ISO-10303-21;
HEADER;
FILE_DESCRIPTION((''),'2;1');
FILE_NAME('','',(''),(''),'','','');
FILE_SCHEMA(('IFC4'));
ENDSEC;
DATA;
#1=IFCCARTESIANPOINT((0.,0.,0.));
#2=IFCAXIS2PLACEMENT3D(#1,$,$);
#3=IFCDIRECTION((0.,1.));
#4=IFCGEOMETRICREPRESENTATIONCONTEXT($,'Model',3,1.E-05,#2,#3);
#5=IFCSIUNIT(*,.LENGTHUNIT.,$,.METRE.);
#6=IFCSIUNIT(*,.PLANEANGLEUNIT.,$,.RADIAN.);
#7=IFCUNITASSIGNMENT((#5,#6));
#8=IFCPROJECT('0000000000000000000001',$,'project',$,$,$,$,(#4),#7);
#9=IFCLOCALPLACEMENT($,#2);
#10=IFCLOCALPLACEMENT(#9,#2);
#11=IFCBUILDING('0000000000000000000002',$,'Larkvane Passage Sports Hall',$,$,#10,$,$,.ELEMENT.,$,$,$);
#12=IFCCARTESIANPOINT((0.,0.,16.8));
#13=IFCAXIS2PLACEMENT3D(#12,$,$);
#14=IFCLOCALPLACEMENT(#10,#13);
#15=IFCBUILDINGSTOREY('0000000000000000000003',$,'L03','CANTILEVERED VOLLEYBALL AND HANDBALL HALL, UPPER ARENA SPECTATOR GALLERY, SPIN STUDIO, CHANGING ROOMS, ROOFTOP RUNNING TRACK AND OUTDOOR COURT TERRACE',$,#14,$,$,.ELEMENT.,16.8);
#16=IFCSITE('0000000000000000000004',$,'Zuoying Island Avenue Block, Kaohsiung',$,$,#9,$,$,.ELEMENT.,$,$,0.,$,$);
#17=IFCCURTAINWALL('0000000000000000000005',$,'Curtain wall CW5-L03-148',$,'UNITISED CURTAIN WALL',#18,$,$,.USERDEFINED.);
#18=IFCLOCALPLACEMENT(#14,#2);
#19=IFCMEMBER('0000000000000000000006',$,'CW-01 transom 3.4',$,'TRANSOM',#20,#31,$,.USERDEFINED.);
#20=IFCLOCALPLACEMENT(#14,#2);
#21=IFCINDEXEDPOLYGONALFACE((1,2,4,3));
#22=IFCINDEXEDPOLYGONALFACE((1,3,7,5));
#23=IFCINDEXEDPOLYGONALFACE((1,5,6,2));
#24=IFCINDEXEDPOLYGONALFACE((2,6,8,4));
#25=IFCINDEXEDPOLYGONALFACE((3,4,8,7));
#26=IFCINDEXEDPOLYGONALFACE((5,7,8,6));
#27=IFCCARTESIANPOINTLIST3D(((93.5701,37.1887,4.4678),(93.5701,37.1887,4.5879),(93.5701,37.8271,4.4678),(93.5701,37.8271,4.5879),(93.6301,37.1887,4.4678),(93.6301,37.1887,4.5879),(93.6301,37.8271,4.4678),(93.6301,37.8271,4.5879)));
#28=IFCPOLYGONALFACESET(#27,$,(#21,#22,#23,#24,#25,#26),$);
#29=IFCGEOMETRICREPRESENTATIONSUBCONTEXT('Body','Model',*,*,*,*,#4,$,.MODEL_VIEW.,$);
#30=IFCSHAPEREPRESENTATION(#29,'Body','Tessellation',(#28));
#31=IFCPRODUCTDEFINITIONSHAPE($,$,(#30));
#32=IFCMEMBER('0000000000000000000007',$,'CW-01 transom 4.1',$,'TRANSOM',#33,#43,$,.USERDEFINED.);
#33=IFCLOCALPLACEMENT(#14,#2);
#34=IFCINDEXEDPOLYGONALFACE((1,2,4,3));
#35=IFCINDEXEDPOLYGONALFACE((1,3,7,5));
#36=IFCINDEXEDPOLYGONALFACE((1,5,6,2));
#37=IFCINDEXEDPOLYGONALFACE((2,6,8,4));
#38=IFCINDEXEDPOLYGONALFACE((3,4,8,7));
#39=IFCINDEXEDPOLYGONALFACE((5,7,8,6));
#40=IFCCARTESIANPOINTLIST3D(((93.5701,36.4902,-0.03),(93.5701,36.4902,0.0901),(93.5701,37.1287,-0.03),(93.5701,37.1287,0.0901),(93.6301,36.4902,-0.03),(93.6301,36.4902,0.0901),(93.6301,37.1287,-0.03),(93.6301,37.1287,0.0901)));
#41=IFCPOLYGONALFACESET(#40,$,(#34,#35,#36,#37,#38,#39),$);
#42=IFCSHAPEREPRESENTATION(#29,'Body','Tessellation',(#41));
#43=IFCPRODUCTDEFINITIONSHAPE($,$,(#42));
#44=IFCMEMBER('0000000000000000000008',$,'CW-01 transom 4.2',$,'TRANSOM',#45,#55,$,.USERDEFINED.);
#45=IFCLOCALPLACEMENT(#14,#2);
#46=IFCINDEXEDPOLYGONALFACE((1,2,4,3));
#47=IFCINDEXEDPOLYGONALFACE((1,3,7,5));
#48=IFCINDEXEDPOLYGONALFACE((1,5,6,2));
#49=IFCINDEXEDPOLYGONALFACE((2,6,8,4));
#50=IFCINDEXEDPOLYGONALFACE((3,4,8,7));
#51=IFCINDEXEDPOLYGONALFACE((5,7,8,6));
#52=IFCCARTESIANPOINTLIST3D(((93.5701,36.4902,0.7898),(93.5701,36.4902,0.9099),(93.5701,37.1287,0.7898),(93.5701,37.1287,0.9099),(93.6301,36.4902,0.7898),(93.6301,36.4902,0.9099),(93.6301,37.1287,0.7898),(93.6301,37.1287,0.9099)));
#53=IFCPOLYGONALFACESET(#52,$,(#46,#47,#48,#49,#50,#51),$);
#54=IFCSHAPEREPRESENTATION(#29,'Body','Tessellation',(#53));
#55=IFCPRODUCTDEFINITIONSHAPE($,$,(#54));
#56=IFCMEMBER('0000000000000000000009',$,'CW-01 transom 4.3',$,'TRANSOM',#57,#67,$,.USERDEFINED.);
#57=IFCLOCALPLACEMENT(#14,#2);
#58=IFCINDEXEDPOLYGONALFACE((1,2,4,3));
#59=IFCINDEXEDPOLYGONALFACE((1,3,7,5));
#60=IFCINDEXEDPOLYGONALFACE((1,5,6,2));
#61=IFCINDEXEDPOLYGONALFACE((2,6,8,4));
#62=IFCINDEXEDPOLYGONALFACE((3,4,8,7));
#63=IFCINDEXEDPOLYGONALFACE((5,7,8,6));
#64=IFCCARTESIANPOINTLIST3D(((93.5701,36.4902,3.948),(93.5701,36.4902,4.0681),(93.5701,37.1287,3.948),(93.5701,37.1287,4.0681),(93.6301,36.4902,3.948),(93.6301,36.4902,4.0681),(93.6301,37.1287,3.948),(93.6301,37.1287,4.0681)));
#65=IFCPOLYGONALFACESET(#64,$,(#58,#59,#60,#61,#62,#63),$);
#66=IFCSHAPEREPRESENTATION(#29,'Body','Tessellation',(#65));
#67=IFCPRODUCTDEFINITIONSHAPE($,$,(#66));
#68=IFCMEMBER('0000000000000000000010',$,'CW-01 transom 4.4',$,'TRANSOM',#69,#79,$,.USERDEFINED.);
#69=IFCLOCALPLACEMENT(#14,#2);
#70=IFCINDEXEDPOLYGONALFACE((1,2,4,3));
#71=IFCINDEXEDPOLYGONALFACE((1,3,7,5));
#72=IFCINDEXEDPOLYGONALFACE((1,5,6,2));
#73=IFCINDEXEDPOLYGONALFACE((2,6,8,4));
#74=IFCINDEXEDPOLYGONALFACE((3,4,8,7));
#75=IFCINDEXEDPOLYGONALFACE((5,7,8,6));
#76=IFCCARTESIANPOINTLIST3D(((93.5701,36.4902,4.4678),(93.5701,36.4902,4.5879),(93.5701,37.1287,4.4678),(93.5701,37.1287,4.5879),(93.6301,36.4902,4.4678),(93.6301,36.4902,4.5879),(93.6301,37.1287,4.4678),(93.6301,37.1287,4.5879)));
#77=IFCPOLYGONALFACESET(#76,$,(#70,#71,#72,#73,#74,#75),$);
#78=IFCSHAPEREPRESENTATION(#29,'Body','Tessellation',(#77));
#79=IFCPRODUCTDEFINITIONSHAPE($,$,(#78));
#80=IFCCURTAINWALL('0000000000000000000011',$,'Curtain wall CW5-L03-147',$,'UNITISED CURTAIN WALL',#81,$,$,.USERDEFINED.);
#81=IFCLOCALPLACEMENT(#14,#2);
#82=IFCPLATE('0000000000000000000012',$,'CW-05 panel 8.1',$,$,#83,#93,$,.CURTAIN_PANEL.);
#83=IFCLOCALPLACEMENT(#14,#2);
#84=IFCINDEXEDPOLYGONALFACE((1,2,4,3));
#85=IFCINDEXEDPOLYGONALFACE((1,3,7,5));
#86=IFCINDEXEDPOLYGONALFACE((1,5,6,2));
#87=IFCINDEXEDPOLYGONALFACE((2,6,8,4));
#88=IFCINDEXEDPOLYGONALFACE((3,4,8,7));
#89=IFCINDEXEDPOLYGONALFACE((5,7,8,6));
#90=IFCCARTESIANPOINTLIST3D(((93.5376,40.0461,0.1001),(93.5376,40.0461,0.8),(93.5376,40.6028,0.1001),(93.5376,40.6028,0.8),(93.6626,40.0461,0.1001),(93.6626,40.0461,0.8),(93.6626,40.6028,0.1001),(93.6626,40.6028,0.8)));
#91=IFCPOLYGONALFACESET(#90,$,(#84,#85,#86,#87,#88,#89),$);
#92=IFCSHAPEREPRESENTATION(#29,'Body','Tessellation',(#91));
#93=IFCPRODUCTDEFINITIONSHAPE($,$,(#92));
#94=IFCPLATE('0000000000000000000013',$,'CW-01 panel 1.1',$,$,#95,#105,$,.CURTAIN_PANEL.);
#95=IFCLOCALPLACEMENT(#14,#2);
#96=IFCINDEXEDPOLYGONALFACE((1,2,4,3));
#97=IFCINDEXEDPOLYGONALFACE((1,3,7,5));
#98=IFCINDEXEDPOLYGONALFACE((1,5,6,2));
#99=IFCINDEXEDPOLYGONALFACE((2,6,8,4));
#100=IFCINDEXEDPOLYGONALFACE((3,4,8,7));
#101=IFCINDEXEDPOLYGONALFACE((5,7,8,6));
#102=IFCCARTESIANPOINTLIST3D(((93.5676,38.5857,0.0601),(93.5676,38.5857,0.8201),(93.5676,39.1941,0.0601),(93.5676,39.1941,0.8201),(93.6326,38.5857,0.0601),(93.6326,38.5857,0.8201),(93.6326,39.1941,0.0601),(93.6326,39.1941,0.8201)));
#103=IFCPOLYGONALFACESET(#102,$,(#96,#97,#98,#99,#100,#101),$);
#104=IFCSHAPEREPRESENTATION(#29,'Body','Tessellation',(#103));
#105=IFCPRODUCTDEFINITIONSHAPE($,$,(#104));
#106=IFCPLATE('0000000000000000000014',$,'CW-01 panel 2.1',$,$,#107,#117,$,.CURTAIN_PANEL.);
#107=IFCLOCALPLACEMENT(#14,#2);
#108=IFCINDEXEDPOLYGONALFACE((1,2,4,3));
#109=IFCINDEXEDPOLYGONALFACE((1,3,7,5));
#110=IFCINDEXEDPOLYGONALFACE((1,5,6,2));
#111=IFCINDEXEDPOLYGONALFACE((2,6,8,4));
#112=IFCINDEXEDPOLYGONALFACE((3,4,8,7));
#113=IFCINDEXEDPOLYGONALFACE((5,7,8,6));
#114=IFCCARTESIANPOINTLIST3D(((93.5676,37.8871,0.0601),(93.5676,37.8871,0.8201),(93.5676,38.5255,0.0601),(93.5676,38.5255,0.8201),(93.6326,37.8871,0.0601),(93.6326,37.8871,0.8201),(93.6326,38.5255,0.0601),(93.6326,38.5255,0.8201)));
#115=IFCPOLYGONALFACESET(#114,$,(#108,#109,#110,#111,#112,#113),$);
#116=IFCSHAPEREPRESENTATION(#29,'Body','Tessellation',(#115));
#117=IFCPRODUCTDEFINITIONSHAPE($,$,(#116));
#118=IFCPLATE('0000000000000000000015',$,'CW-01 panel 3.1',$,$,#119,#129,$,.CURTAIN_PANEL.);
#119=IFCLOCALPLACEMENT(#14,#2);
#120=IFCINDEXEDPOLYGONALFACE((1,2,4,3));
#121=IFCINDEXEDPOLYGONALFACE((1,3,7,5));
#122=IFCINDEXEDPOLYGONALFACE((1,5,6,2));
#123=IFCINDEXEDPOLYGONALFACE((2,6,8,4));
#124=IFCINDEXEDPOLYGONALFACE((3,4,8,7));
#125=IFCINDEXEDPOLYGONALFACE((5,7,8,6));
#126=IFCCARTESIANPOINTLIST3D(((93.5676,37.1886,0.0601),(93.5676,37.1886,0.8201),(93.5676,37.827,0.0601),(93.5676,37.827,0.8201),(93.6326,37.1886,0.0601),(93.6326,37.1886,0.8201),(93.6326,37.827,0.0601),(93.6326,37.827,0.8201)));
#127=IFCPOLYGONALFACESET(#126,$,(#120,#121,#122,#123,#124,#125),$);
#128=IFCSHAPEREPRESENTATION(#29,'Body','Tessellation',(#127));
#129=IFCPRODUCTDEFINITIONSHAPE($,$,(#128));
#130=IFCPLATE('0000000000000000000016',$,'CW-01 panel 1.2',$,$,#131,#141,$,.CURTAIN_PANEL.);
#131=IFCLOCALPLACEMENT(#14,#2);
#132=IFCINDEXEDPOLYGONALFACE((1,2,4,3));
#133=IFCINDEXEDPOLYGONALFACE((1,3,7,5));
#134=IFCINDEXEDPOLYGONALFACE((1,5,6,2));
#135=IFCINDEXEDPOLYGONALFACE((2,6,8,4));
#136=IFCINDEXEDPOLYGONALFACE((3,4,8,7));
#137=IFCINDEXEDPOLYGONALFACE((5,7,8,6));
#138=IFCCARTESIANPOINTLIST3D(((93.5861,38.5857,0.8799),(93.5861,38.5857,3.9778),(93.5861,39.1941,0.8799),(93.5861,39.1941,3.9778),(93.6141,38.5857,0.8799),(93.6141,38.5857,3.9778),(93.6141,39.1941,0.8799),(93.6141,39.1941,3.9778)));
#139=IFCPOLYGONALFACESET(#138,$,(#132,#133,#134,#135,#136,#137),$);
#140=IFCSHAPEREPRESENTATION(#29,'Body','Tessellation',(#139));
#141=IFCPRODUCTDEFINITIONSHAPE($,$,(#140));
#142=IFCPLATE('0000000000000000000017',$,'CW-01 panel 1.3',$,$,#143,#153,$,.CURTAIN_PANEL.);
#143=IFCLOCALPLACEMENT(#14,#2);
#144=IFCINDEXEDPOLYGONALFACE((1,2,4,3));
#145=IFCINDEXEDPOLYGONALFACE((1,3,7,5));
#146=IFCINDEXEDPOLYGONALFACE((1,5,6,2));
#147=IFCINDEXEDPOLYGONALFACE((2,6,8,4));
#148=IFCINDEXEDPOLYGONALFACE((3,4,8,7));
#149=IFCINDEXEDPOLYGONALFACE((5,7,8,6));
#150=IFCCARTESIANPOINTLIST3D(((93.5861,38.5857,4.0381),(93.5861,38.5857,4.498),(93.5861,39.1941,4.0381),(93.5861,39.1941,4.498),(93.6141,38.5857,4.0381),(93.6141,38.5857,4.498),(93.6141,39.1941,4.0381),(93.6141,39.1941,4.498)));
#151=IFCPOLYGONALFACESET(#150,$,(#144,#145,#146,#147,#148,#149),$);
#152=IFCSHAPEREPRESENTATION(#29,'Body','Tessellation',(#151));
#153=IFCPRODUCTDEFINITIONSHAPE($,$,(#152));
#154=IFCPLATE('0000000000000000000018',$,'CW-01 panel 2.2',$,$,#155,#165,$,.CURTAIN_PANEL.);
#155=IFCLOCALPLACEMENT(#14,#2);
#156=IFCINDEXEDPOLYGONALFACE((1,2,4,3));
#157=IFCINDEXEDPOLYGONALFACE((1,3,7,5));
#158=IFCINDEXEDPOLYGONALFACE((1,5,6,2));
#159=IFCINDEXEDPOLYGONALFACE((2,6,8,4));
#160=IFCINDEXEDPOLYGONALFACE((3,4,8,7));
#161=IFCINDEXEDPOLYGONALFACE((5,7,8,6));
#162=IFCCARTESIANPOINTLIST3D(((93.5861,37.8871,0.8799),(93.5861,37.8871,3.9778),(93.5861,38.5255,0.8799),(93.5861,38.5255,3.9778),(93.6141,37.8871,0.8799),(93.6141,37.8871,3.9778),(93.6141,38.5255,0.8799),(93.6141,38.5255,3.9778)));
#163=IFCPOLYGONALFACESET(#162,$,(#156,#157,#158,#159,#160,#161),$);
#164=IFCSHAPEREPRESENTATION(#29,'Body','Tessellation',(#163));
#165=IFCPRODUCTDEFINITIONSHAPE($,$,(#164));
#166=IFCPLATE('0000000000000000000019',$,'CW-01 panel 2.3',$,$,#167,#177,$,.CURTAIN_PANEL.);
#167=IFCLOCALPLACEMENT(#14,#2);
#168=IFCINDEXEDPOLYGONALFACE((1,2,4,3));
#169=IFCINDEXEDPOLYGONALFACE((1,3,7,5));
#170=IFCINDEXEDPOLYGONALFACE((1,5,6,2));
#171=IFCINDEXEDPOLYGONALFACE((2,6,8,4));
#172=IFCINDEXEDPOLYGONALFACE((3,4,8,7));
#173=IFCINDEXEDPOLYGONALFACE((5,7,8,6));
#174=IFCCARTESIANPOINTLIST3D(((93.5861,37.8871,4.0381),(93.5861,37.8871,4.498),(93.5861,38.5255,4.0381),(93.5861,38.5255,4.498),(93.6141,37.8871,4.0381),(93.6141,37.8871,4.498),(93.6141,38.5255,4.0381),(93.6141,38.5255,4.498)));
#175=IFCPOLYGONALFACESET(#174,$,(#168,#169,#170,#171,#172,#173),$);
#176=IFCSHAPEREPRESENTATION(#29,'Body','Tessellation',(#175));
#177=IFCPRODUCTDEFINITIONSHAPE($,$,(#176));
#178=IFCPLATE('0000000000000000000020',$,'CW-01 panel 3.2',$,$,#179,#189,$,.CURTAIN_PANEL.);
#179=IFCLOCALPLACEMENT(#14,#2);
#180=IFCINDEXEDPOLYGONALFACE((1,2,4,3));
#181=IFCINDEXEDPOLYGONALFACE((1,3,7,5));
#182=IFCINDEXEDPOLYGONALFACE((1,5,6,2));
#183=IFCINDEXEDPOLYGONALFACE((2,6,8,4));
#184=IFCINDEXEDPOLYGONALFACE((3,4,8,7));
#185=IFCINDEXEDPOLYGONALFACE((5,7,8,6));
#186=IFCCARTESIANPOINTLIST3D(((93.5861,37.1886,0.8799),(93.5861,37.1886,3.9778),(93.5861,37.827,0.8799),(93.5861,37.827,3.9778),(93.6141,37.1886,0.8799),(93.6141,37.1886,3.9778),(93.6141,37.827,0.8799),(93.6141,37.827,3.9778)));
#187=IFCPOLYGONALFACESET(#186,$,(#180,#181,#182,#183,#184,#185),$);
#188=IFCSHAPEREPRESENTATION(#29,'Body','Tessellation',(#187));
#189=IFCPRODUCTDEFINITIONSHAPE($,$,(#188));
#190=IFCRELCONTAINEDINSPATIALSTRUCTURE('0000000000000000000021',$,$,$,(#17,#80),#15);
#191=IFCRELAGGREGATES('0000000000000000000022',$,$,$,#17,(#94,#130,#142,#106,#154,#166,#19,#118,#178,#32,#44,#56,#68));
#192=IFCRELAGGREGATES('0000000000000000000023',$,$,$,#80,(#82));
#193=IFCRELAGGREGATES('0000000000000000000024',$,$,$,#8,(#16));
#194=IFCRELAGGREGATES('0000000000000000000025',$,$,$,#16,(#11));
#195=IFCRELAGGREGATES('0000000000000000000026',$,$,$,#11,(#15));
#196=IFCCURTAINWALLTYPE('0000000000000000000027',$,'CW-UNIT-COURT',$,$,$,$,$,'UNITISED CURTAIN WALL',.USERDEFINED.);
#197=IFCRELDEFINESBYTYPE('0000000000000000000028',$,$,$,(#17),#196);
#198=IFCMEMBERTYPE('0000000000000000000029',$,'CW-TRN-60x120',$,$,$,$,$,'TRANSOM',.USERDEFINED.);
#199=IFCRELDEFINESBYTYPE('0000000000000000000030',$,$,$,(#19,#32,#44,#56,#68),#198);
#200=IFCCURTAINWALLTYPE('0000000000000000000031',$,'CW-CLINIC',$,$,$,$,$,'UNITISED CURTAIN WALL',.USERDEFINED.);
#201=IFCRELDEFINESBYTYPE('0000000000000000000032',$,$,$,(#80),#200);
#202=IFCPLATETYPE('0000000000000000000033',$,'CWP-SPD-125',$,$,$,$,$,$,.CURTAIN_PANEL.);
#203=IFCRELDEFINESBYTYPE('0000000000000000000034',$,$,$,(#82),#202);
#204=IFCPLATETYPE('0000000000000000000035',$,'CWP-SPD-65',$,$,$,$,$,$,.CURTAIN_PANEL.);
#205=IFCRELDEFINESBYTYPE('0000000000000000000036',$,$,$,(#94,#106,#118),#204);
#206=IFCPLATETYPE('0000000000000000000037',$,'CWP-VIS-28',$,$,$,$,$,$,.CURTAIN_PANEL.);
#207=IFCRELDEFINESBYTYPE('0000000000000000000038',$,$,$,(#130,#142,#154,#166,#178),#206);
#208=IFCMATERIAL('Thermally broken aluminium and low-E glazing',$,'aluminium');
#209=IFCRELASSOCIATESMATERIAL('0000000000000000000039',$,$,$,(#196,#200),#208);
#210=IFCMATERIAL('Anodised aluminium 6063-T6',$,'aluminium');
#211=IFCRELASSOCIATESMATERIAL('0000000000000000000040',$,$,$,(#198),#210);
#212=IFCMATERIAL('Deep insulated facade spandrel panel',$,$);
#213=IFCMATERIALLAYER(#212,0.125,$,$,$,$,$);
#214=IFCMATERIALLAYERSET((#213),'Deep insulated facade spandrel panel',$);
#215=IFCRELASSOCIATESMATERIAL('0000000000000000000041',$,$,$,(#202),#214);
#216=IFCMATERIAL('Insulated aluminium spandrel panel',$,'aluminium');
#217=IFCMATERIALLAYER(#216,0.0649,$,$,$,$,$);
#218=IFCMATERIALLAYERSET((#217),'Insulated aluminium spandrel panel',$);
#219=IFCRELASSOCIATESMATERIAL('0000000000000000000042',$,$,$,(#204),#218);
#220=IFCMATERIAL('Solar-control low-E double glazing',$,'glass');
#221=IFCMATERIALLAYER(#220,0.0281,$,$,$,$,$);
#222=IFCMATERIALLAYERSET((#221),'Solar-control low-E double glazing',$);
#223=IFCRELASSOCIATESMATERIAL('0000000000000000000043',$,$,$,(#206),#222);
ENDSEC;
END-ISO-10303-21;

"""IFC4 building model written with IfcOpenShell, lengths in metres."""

from ifc_helpers import new_model, si_unit, direction, frame, origin, origin_2d, place, context, subcontext, project, spatial, rectangle, extrude, material, layer, layer_set, material_profile, profile_set, type_object, element, aggregate, save


model = new_model("IFC4")

# Units and contexts
model_context = context("Model", 3, precision=1e-05, world=origin(), true_north=direction((0.0, 1.0)))
body_context = subcontext(model_context, "Body", "Model", "MODEL_VIEW")
ifc_project = project(units=[si_unit("LENGTHUNIT", "METRE"), si_unit("PLANEANGLEUNIT", "RADIAN")], contexts=[model_context])

# Site, building, storey
site_placement = place(None, origin())
site = spatial("IfcSite", under=ifc_project, at=site_placement, Name="Zuoying Island Avenue Block, Kaohsiung", CompositionType="ELEMENT", RefElevation=0.0)
building_placement = place(site_placement, origin())
building = spatial("IfcBuilding", under=site, at=building_placement, Name="Larkvane Passage Sports Hall", CompositionType="ELEMENT")
storey_placement = place(building_placement, frame((0.0, 0.0, 16.8)))
storey = spatial("IfcBuildingStorey", under=building, at=storey_placement, Name="L03", Description="CANTILEVERED VOLLEYBALL AND HANDBALL HALL, UPPER ARENA SPECTATOR GALLERY, SPIN STUDIO, CHANGING ROOMS, ROOFTOP RUNNING TRACK AND OUTDOOR COURT TERRACE", CompositionType="ELEMENT", Elevation=16.8)

# Curtain wall, members
ifc_material_1 = material(Name="Thermally broken aluminium and low-E glazing", Category="aluminium")
curtain_wall_type_1 = type_object("IfcCurtainWallType", Name="CW-UNIT-COURT", ElementType="UNITISED CURTAIN WALL", PredefinedType="USERDEFINED", material=ifc_material_1)
curtain_wall_1_placement = place(storey_placement, origin())
curtain_wall_1 = element("IfcCurtainWall", 1, at=curtain_wall_1_placement, inside=storey, type_object=curtain_wall_type_1, Name="Curtain wall CW5-L03-148", ObjectType="UNITISED CURTAIN WALL", PredefinedType="USERDEFINED")
ifc_material_2 = material(Name="Anodised aluminium 6063-T6", Category="aluminium")
ifc_material_profile_1 = material_profile(ifc_material_2, rectangle(XDim=0.0601, YDim=0.1201, at=origin_2d()), Name="ALU-TRN-60x120")
ifc_profile_set_1 = profile_set([ifc_material_profile_1], Name="Anodised aluminium 6063-T6")
member_type_1 = type_object("IfcMemberType", Name="CW-TRN-60x120", ElementType="TRANSOM", PredefinedType="USERDEFINED", material=ifc_profile_set_1)
member_1_placement = place(storey_placement, frame((93.6001, 37.8271, 4.5278), z_axis=(0.0, -1.0, 0.0), x_axis=(1.0, 0.0, 0.0)))
member_1 = element("IfcMember", 2, at=member_1_placement, type_object=member_type_1, Name="CW-01 transom 3.4", ObjectType="TRANSOM", PredefinedType="USERDEFINED", context=body_context, shape_type="SweptSolid", body=[
    extrude(rectangle(XDim=0.0601, YDim=0.1201, at=origin_2d()), origin(), (0.0, 0.0, 1.0), 0.6384),
])
member_2_placement = place(storey_placement, frame((93.6001, 37.1287, 0.03), z_axis=(0.0, -1.0, 0.0), x_axis=(1.0, 0.0, 0.0)))
member_2 = element("IfcMember", 3, at=member_2_placement, type_object=member_type_1, Name="CW-01 transom 4.1", ObjectType="TRANSOM", PredefinedType="USERDEFINED", context=body_context, shape_type="SweptSolid", body=[
    extrude(rectangle(XDim=0.0601, YDim=0.1201, at=origin_2d()), origin(), (0.0, 0.0, 1.0), 0.6384),
])
member_3_placement = place(storey_placement, frame((93.6001, 37.1287, 0.8499), z_axis=(0.0, -1.0, 0.0), x_axis=(1.0, 0.0, 0.0)))
member_3 = element("IfcMember", 4, at=member_3_placement, type_object=member_type_1, Name="CW-01 transom 4.2", ObjectType="TRANSOM", PredefinedType="USERDEFINED", context=body_context, shape_type="SweptSolid", body=[
    extrude(rectangle(XDim=0.0601, YDim=0.1201, at=origin_2d()), origin(), (0.0, 0.0, 1.0), 0.6384),
])
member_4_placement = place(storey_placement, frame((93.6001, 37.1287, 4.0081), z_axis=(0.0, -1.0, 0.0), x_axis=(1.0, 0.0, 0.0)))
member_4 = element("IfcMember", 5, at=member_4_placement, type_object=member_type_1, Name="CW-01 transom 4.3", ObjectType="TRANSOM", PredefinedType="USERDEFINED", context=body_context, shape_type="SweptSolid", body=[
    extrude(rectangle(XDim=0.0601, YDim=0.1201, at=origin_2d()), origin(), (0.0, 0.0, 1.0), 0.6384),
])
member_5_placement = place(storey_placement, frame((93.6001, 37.1287, 4.5278), z_axis=(0.0, -1.0, 0.0), x_axis=(1.0, 0.0, 0.0)))
member_5 = element("IfcMember", 6, at=member_5_placement, type_object=member_type_1, Name="CW-01 transom 4.4", ObjectType="TRANSOM", PredefinedType="USERDEFINED", context=body_context, shape_type="SweptSolid", body=[
    extrude(rectangle(XDim=0.0601, YDim=0.1201, at=origin_2d()), origin(), (0.0, 0.0, 1.0), 0.6384),
])

# Curtain wall, plate
curtain_wall_type_2 = type_object("IfcCurtainWallType", Name="CW-CLINIC", ElementType="UNITISED CURTAIN WALL", PredefinedType="USERDEFINED", material=ifc_material_1)
curtain_wall_2_placement = place(storey_placement, origin())
curtain_wall_2 = element("IfcCurtainWall", 7, at=curtain_wall_2_placement, inside=storey, type_object=curtain_wall_type_2, Name="Curtain wall CW5-L03-147", ObjectType="UNITISED CURTAIN WALL", PredefinedType="USERDEFINED")
ifc_material_3 = material(Name="Deep insulated facade spandrel panel")
ifc_layer_1 = layer(ifc_material_3, 0.125)
ifc_layer_set_1 = layer_set([ifc_layer_1], Name="Deep insulated facade spandrel panel")
plate_type_1 = type_object("IfcPlateType", Name="CWP-SPD-125", PredefinedType="CURTAIN_PANEL", material=ifc_layer_set_1)
plate_1_placement = place(storey_placement, frame((93.6001, 40.3245, 0.1001), z_axis=(0.0, 0.0, 1.0), x_axis=(0.0, -1.0, 0.0)))
plate_1 = element("IfcPlate", 8, at=plate_1_placement, type_object=plate_type_1, Name="CW-05 panel 8.1", PredefinedType="CURTAIN_PANEL", context=body_context, shape_type="SweptSolid", body=[
    extrude(rectangle(XDim=0.5566, YDim=0.125, at=origin_2d()), origin(), (0.0, 0.0, 1.0), 0.7),
])

# Plates
ifc_material_4 = material(Name="Insulated aluminium spandrel panel", Category="aluminium")
ifc_layer_2 = layer(ifc_material_4, 0.0649)
ifc_layer_set_2 = layer_set([ifc_layer_2], Name="Insulated aluminium spandrel panel")
plate_type_2 = type_object("IfcPlateType", Name="CWP-SPD-65", PredefinedType="CURTAIN_PANEL", material=ifc_layer_set_2)
plate_2_placement = place(storey_placement, frame((93.6001, 38.8899, 0.0601), z_axis=(0.0, 0.0, 1.0), x_axis=(0.0, -1.0, 0.0)))
plate_2 = element("IfcPlate", 9, at=plate_2_placement, type_object=plate_type_2, Name="CW-01 panel 1.1", PredefinedType="CURTAIN_PANEL", context=body_context, shape_type="SweptSolid", body=[
    extrude(rectangle(XDim=0.6084, YDim=0.0649, at=origin_2d()), origin(), (0.0, 0.0, 1.0), 0.76),
])
plate_3_placement = place(storey_placement, frame((93.6001, 38.2063, 0.0601), z_axis=(0.0, 0.0, 1.0), x_axis=(0.0, -1.0, 0.0)))
plate_3 = element("IfcPlate", 10, at=plate_3_placement, type_object=plate_type_2, Name="CW-01 panel 2.1", PredefinedType="CURTAIN_PANEL", context=body_context, shape_type="SweptSolid", body=[
    extrude(rectangle(XDim=0.6384, YDim=0.0649, at=origin_2d()), origin(), (0.0, 0.0, 1.0), 0.76),
])
plate_4_placement = place(storey_placement, frame((93.6001, 37.5078, 0.0601), z_axis=(0.0, 0.0, 1.0), x_axis=(0.0, -1.0, 0.0)))
plate_4 = element("IfcPlate", 11, at=plate_4_placement, type_object=plate_type_2, Name="CW-01 panel 3.1", PredefinedType="CURTAIN_PANEL", context=body_context, shape_type="SweptSolid", body=[
    extrude(rectangle(XDim=0.6384, YDim=0.0649, at=origin_2d()), origin(), (0.0, 0.0, 1.0), 0.76),
])
ifc_material_5 = material(Name="Solar-control low-E double glazing", Category="glass")
ifc_layer_3 = layer(ifc_material_5, 0.0281)
ifc_layer_set_3 = layer_set([ifc_layer_3], Name="Solar-control low-E double glazing")
plate_type_3 = type_object("IfcPlateType", Name="CWP-VIS-28", PredefinedType="CURTAIN_PANEL", material=ifc_layer_set_3)
plate_5_placement = place(storey_placement, frame((93.6001, 38.8899, 0.8799), z_axis=(0.0, 0.0, 1.0), x_axis=(0.0, -1.0, 0.0)))
plate_5 = element("IfcPlate", 12, at=plate_5_placement, type_object=plate_type_3, Name="CW-01 panel 1.2", PredefinedType="CURTAIN_PANEL", context=body_context, shape_type="SweptSolid", body=[
    extrude(rectangle(XDim=0.6084, YDim=0.0281, at=origin_2d()), origin(), (0.0, 0.0, 1.0), 3.0979),
])
plate_6_placement = place(storey_placement, frame((93.6001, 38.8899, 4.0381), z_axis=(0.0, 0.0, 1.0), x_axis=(0.0, -1.0, 0.0)))
plate_6 = element("IfcPlate", 13, at=plate_6_placement, type_object=plate_type_3, Name="CW-01 panel 1.3", PredefinedType="CURTAIN_PANEL", context=body_context, shape_type="SweptSolid", body=[
    extrude(rectangle(XDim=0.6084, YDim=0.0281, at=origin_2d()), origin(), (0.0, 0.0, 1.0), 0.46),
])
plate_7_placement = place(storey_placement, frame((93.6001, 38.2063, 0.8799), z_axis=(0.0, 0.0, 1.0), x_axis=(0.0, -1.0, 0.0)))
plate_7 = element("IfcPlate", 14, at=plate_7_placement, type_object=plate_type_3, Name="CW-01 panel 2.2", PredefinedType="CURTAIN_PANEL", context=body_context, shape_type="SweptSolid", body=[
    extrude(rectangle(XDim=0.6384, YDim=0.0281, at=origin_2d()), origin(), (0.0, 0.0, 1.0), 3.0979),
])
plate_8_placement = place(storey_placement, frame((93.6001, 38.2063, 4.0381), z_axis=(0.0, 0.0, 1.0), x_axis=(0.0, -1.0, 0.0)))
plate_8 = element("IfcPlate", 15, at=plate_8_placement, type_object=plate_type_3, Name="CW-01 panel 2.3", PredefinedType="CURTAIN_PANEL", context=body_context, shape_type="SweptSolid", body=[
    extrude(rectangle(XDim=0.6384, YDim=0.0281, at=origin_2d()), origin(), (0.0, 0.0, 1.0), 0.46),
])
plate_9_placement = place(storey_placement, frame((93.6001, 37.5078, 0.8799), z_axis=(0.0, 0.0, 1.0), x_axis=(0.0, -1.0, 0.0)))
plate_9 = element("IfcPlate", 16, at=plate_9_placement, type_object=plate_type_3, Name="CW-01 panel 3.2", PredefinedType="CURTAIN_PANEL", context=body_context, shape_type="SweptSolid", body=[
    extrude(rectangle(XDim=0.6384, YDim=0.0281, at=origin_2d()), origin(), (0.0, 0.0, 1.0), 3.0979),
])
aggregate(curtain_wall_1, [plate_2, plate_5, plate_6, plate_3, plate_7, plate_8, member_1, plate_4, plate_9, member_2, member_3, member_4, member_5])
aggregate(curtain_wall_2, [plate_1])

save(model, "model.ifc")
